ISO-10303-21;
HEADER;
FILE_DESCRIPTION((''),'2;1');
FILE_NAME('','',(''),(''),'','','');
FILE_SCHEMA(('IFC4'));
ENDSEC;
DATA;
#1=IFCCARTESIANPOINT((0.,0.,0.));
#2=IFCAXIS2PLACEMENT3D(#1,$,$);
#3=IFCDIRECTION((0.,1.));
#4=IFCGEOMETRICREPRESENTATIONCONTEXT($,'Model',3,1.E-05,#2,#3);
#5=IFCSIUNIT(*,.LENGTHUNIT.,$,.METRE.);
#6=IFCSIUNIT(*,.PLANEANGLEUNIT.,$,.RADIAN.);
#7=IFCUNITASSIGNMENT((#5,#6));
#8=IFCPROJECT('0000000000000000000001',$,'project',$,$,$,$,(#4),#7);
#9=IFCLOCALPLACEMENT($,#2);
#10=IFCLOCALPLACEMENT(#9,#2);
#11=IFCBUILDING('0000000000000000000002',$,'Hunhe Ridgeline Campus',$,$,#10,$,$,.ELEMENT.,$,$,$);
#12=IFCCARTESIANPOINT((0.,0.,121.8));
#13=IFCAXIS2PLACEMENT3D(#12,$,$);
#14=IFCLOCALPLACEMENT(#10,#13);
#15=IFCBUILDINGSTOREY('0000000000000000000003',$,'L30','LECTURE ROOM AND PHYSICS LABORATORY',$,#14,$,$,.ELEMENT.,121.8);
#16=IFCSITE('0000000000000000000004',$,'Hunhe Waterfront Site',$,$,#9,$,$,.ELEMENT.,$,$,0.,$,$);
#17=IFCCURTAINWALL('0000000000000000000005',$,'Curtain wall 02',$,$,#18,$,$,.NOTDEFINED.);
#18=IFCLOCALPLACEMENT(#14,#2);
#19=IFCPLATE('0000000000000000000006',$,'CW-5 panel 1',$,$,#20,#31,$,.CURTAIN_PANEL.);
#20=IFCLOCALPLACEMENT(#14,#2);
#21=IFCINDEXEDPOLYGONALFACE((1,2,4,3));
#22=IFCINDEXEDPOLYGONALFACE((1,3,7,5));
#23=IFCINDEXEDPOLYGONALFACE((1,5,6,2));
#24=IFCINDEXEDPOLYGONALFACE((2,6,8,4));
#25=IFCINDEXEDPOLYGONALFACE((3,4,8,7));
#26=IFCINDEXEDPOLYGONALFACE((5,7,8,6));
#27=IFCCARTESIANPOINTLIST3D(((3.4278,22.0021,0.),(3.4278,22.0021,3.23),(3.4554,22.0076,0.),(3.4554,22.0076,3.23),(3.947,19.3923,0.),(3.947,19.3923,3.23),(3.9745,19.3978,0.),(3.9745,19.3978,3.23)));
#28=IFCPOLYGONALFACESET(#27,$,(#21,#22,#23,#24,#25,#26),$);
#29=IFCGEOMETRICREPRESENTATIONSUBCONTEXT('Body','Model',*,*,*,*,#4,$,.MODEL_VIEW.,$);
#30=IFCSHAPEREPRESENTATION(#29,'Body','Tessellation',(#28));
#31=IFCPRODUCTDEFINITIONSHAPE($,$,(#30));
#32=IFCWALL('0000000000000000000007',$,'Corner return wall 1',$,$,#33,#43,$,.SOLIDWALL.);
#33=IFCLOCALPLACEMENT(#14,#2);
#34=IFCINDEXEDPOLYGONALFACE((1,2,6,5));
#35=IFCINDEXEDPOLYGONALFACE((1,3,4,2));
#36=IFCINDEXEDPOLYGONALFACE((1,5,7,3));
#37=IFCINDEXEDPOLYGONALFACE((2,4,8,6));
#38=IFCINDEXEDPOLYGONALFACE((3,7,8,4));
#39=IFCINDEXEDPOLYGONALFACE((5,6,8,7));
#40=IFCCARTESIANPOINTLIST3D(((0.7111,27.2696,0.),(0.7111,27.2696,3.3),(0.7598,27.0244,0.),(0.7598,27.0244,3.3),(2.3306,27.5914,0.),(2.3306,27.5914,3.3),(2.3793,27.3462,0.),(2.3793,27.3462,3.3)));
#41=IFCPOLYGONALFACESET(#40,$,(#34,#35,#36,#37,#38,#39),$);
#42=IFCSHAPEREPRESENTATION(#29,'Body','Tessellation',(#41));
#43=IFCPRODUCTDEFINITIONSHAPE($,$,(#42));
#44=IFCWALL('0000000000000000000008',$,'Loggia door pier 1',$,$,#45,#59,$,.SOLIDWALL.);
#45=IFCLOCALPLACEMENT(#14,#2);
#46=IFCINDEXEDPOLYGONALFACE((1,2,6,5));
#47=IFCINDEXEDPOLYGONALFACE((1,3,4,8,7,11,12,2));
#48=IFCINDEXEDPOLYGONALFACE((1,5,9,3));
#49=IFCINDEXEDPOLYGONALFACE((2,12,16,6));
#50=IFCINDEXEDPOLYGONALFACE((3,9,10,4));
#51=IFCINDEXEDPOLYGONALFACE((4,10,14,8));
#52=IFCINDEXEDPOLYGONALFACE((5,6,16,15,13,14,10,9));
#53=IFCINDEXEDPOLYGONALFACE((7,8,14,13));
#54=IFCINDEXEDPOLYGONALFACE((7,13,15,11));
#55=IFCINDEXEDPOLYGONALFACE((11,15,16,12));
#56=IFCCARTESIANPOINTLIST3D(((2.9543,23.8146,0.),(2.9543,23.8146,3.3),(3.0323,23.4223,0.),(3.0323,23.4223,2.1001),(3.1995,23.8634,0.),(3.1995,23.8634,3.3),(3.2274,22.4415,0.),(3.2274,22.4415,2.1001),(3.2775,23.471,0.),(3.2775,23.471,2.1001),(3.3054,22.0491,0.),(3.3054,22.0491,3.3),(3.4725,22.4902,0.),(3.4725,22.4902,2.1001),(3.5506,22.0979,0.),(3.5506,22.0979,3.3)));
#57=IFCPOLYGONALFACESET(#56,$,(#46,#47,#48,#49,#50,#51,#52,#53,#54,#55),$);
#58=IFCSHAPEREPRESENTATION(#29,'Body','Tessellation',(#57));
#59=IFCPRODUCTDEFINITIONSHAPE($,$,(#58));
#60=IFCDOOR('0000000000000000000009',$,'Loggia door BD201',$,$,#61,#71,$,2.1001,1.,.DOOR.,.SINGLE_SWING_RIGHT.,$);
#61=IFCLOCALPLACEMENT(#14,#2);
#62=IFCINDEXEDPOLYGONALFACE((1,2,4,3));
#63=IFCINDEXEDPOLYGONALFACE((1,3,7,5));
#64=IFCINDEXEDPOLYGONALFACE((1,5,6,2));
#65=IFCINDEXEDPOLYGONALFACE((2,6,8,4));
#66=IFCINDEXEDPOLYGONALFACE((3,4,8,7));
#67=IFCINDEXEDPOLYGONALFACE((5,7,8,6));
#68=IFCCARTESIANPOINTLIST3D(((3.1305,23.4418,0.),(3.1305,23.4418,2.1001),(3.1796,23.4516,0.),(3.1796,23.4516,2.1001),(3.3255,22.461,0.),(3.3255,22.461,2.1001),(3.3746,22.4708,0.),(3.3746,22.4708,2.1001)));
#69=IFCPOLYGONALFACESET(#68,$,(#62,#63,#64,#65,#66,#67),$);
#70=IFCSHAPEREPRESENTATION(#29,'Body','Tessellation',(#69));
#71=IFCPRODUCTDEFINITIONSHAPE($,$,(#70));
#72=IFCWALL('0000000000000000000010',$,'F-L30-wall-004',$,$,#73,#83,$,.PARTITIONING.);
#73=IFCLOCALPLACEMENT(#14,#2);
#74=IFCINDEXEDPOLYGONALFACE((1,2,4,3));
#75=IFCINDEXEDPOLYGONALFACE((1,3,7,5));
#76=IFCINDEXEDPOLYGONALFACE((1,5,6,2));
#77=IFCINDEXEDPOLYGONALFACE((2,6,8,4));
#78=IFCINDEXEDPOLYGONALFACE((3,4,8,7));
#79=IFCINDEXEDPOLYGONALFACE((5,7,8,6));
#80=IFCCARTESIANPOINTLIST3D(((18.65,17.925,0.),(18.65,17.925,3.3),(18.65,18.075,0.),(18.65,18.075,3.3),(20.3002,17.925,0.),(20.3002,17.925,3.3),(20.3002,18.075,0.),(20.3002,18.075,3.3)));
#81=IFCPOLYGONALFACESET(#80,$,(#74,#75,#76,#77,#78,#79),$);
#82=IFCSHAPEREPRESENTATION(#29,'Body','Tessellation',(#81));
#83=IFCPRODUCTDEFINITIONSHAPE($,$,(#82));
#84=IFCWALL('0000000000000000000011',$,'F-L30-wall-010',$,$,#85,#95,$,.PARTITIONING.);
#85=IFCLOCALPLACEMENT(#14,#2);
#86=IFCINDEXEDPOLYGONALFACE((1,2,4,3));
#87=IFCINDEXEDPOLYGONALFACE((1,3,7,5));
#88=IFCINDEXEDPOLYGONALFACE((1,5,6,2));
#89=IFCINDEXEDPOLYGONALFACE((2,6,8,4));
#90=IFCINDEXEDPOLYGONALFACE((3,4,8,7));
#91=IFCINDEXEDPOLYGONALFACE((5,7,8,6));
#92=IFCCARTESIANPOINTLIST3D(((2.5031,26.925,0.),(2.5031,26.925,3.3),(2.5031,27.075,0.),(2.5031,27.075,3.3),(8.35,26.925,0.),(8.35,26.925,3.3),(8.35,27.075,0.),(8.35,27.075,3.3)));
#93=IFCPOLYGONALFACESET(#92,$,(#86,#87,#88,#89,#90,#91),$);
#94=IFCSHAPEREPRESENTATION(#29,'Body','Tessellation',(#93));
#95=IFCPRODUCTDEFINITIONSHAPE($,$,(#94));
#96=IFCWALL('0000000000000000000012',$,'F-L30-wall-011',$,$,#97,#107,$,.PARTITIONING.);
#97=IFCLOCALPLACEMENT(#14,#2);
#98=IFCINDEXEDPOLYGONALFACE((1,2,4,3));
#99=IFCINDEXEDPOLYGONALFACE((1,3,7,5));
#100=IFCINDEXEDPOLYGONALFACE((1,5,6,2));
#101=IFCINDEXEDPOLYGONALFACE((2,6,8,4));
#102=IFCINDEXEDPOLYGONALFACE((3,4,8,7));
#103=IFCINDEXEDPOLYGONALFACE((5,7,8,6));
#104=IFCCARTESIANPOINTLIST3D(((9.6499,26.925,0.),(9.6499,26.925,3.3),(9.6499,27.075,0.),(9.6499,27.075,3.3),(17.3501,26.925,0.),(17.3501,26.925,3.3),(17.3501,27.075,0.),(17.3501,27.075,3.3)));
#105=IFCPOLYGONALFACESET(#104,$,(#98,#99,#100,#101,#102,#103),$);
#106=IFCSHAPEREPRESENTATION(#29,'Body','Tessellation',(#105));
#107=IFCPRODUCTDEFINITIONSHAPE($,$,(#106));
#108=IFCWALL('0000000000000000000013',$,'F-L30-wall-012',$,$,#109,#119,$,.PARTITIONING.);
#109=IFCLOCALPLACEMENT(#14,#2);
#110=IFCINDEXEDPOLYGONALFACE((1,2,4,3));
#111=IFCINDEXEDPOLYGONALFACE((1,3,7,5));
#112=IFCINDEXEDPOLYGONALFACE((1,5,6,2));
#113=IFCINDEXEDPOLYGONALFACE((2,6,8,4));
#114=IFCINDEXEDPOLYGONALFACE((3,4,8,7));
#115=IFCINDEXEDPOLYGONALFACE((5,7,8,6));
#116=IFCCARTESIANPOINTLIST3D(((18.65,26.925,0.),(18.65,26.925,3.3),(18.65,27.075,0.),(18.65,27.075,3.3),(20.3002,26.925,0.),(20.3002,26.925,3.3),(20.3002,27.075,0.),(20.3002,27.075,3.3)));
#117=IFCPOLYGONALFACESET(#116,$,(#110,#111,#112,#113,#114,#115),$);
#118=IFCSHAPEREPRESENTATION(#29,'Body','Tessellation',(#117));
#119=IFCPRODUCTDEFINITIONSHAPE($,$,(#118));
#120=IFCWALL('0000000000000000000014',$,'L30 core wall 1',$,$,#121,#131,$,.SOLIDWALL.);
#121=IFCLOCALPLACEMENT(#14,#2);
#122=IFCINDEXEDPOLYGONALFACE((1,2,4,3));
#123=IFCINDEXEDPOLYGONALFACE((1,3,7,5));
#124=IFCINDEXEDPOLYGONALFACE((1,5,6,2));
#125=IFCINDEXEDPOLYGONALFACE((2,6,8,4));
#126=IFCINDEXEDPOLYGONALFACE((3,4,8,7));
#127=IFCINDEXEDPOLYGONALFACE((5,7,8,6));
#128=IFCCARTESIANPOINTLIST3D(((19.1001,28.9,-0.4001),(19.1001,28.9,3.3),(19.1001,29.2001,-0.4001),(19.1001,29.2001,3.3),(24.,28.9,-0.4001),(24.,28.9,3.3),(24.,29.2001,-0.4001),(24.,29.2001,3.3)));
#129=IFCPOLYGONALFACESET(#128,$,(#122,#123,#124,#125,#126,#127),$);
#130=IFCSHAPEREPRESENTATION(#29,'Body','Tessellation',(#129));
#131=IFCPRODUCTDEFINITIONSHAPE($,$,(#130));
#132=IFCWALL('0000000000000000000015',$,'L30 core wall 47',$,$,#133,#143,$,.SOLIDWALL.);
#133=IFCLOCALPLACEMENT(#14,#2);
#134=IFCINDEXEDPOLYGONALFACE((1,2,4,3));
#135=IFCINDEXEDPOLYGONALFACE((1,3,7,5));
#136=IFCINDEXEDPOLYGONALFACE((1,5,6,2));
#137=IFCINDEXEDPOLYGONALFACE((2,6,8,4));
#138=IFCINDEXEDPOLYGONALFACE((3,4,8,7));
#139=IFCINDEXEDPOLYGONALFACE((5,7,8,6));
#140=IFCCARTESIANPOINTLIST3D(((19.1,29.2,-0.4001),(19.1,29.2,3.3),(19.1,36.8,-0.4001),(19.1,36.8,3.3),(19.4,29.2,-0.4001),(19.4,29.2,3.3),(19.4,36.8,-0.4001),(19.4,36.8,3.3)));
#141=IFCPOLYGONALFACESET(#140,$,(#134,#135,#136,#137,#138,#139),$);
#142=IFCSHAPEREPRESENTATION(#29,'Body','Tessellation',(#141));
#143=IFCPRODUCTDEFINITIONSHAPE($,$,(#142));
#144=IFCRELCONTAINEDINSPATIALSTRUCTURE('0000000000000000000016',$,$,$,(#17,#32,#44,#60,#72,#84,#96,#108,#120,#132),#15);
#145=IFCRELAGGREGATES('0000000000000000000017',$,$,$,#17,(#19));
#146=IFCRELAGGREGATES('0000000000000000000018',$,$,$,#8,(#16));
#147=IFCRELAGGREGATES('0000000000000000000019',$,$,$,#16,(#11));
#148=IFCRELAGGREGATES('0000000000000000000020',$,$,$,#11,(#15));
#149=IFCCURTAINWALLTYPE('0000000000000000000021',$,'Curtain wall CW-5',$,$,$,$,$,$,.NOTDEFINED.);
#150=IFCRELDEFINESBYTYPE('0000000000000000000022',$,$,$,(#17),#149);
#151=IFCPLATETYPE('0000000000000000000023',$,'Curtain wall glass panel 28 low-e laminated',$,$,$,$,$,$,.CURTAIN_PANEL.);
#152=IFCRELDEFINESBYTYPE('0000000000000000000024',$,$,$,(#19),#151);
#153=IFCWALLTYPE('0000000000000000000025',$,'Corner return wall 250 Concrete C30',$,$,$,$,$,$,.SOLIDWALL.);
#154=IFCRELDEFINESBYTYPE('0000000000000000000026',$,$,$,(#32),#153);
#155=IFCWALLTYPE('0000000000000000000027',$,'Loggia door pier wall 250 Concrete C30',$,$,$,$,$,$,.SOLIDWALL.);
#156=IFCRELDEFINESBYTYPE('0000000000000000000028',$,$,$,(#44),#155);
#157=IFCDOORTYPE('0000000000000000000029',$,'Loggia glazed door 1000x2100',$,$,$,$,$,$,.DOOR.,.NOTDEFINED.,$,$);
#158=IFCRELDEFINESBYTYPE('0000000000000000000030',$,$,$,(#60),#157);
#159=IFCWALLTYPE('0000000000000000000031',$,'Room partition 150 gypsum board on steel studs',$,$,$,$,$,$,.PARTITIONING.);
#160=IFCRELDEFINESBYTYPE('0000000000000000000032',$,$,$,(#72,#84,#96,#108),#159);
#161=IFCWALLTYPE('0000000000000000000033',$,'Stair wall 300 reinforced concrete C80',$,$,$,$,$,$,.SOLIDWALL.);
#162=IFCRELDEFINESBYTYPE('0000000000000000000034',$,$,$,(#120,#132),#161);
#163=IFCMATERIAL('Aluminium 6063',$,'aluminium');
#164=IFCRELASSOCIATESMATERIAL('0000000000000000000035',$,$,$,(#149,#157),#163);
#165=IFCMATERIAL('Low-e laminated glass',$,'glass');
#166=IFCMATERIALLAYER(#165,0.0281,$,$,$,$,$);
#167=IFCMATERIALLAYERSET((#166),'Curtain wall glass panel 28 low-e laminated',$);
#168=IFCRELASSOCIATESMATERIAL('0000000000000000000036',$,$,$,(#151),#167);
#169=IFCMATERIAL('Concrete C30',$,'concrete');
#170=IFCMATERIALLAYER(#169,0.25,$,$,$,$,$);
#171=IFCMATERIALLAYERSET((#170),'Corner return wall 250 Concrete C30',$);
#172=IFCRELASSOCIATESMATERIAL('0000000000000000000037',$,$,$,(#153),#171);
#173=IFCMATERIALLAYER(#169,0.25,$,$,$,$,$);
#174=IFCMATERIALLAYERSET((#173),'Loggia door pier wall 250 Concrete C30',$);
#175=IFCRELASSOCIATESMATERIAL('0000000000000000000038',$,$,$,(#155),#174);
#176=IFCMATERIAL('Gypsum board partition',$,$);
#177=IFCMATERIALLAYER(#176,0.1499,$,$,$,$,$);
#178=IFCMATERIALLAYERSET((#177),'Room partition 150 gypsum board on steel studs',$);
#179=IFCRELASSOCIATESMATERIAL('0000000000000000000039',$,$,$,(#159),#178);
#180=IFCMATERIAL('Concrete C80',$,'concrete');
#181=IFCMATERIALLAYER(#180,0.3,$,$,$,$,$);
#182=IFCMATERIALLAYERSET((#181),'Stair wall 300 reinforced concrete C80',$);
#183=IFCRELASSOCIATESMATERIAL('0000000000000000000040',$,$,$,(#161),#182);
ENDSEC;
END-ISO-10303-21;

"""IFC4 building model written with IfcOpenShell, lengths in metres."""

from ifc_helpers import new_model, si_unit, direction, frame, frame_2d, origin, origin_2d, place, context, subcontext, project, spatial, rectangle, extrude, material, layer, layer_set, type_object, element, fill, aggregate, save


model = new_model("IFC4")

# Units and contexts
model_context = context("Model", 3, precision=1e-05, world=origin(), true_north=direction((0.0, 1.0)))
body_context = subcontext(model_context, "Body", "Model", "MODEL_VIEW")
ifc_project = project(units=[si_unit("LENGTHUNIT", "METRE"), si_unit("PLANEANGLEUNIT", "RADIAN")], contexts=[model_context])

# Site, building, storey
site_placement = place(None, origin())
site = spatial("IfcSite", under=ifc_project, at=site_placement, Name="Hunhe Waterfront Site", CompositionType="ELEMENT", RefElevation=0.0)
building_placement = place(site_placement, origin())
building = spatial("IfcBuilding", under=site, at=building_placement, Name="Hunhe Ridgeline Campus", CompositionType="ELEMENT")
storey_placement = place(building_placement, frame((0.0, 0.0, 121.8)))
storey = spatial("IfcBuildingStorey", under=building, at=storey_placement, Name="L30", Description="LECTURE ROOM AND PHYSICS LABORATORY", CompositionType="ELEMENT", Elevation=121.8)

# Curtain wall
ifc_material_1 = material(Name="Aluminium 6063", Category="aluminium")
curtain_wall_type = type_object("IfcCurtainWallType", Name="Curtain wall CW-5", PredefinedType="NOTDEFINED", material=ifc_material_1)
curtain_wall_1_placement = place(storey_placement, origin())
curtain_wall_1 = element("IfcCurtainWall", 1, at=curtain_wall_1_placement, inside=storey, type_object=curtain_wall_type, Name="Curtain wall 02", PredefinedType="NOTDEFINED")

# Plate
ifc_material_2 = material(Name="Low-e laminated glass", Category="glass")
ifc_layer_1 = layer(ifc_material_2, 0.0281)
ifc_layer_set_1 = layer_set([ifc_layer_1], Name="Curtain wall glass panel 28 low-e laminated")
plate_type = type_object("IfcPlateType", Name="Curtain wall glass panel 28 low-e laminated", PredefinedType="CURTAIN_PANEL", material=ifc_layer_set_1)
plate_1_placement = place(storey_placement, frame((3.7012, 20.7, 0.0), z_axis=(0.0, 0.0, 1.0), x_axis=(0.195095, -0.980784, 0.0)))
plate_1 = element("IfcPlate", 2, at=plate_1_placement, type_object=plate_type, Name="CW-5 panel 1", PredefinedType="CURTAIN_PANEL", context=body_context, shape_type="SweptSolid", body=[
    extrude(rectangle(XDim=2.6609, YDim=0.0281, at=origin_2d()), origin(), (0.0, 0.0, 1.0), 3.23),
])
aggregate(curtain_wall_1, [plate_1])

# Wall
ifc_material_3 = material(Name="Concrete C30", Category="concrete")
ifc_layer_2 = layer(ifc_material_3, 0.25)
ifc_layer_set_2 = layer_set([ifc_layer_2], Name="Corner return wall 250 Concrete C30")
wall_type_1 = type_object("IfcWallType", Name="Corner return wall 250 Concrete C30", PredefinedType="SOLIDWALL", material=ifc_layer_set_2)
wall_1_placement = place(storey_placement, frame((0.7354, 27.147, 0.0), z_axis=(0.0, 0.0, 1.0), x_axis=(0.980824, 0.194893, 0.0)))
element("IfcWall", 3, at=wall_1_placement, inside=storey, type_object=wall_type_1, Name="Corner return wall 1", PredefinedType="SOLIDWALL", context=body_context, shape_type="SweptSolid", body=[
    extrude(rectangle(XDim=1.6511, YDim=0.25, at=frame_2d((0.8257, 0.0))), origin(), (0.0, 0.0, 1.0), 3.3),
])

# Wall, opening, door
ifc_layer_3 = layer(ifc_material_3, 0.25)
ifc_layer_set_3 = layer_set([ifc_layer_3], Name="Loggia door pier wall 250 Concrete C30")
wall_type_2 = type_object("IfcWallType", Name="Loggia door pier wall 250 Concrete C30", PredefinedType="SOLIDWALL", material=ifc_layer_set_3)
wall_2_placement = place(storey_placement, frame((3.0769, 23.8389, 0.0), z_axis=(0.0, 0.0, 1.0), x_axis=(0.195047, -0.980794, 0.0)))
wall_2 = element("IfcWall", 4, at=wall_2_placement, inside=storey, type_object=wall_type_2, Name="Loggia door pier 1", PredefinedType="SOLIDWALL", context=body_context, shape_type="SweptSolid", body=[
    extrude(rectangle(XDim=1.8, YDim=0.25, at=frame_2d((0.8999, 0.0))), origin(), (0.0, 0.0, 1.0), 3.3),
])
opening_placement = place(wall_2_placement, frame((0.3999, 0.0, 0.0)))
opening = element("IfcOpeningElement", 5, at=opening_placement, cuts=wall_2, PredefinedType="OPENING", context=body_context, shape_type="SweptSolid", body=[
    extrude(rectangle(XDim=1.0, YDim=2.1001, at=frame_2d((0.5, 1.05))), frame((0.0, 0.125, 0.0), z_axis=(0.0, -1.0, 0.0), x_axis=(1.0, 0.0, 0.0)), (0.0, 0.0, 1.0), 0.25),
])
door_type = type_object("IfcDoorType", Name="Loggia glazed door 1000x2100", OperationType="NOTDEFINED", PredefinedType="DOOR", material=ifc_material_1)
door_placement = place(opening_placement, frame((1.0, 0.0, 0.0), z_axis=(0.0, 0.0, 1.0), x_axis=(-1.0, 0.0, 0.0)))
door = element("IfcDoor", 6, at=door_placement, inside=storey, type_object=door_type, Name="Loggia door BD201", OperationType="SINGLE_SWING_RIGHT", OverallHeight=2.1001, OverallWidth=1.0, PredefinedType="DOOR", context=body_context, shape_type="SweptSolid", body=[
    extrude(rectangle(XDim=1.0, YDim=2.1001, at=frame_2d((0.5, 1.05))), frame((0.0, 0.0249, 0.0), z_axis=(0.0, -1.0, 0.0), x_axis=(1.0, 0.0, 0.0)), (0.0, 0.0, 1.0), 0.05),
])
fill(opening, door)

# Walls
ifc_material_4 = material(Name="Gypsum board partition")
ifc_layer_4 = layer(ifc_material_4, 0.1499)
ifc_layer_set_4 = layer_set([ifc_layer_4], Name="Room partition 150 gypsum board on steel studs")
wall_type_3 = type_object("IfcWallType", Name="Room partition 150 gypsum board on steel studs", PredefinedType="PARTITIONING", material=ifc_layer_set_4)
wall_3_placement = place(storey_placement, frame((18.6499, 18.0, 0.0), z_axis=(0.0, 0.0, 1.0), x_axis=(1.0, 0.0, 0.0)))
element("IfcWall", 7, at=wall_3_placement, inside=storey, type_object=wall_type_3, Name="F-L30-wall-004", PredefinedType="PARTITIONING", context=body_context, shape_type="SweptSolid", body=[
    extrude(rectangle(XDim=1.6501, YDim=0.1499, at=frame_2d((0.8252, 0.0))), origin(), (0.0, 0.0, 1.0), 3.3),
])
wall_4_placement = place(storey_placement, frame((2.5032, 27.0, 0.0), z_axis=(0.0, 0.0, 1.0), x_axis=(1.0, 0.0, 0.0)))
element("IfcWall", 8, at=wall_4_placement, inside=storey, type_object=wall_type_3, Name="F-L30-wall-010", PredefinedType="PARTITIONING", context=body_context, shape_type="SweptSolid", body=[
    extrude(rectangle(XDim=5.8469, YDim=0.1499, at=frame_2d((2.9233, 0.0))), origin(), (0.0, 0.0, 1.0), 3.3),
])
wall_5_placement = place(storey_placement, frame((9.6499, 27.0, 0.0), z_axis=(0.0, 0.0, 1.0), x_axis=(1.0, 0.0, 0.0)))
element("IfcWall", 9, at=wall_5_placement, inside=storey, type_object=wall_type_3, Name="F-L30-wall-011", PredefinedType="PARTITIONING", context=body_context, shape_type="SweptSolid", body=[
    extrude(rectangle(XDim=7.7002, YDim=0.1499, at=frame_2d((3.8501, 0.0))), origin(), (0.0, 0.0, 1.0), 3.3),
])
wall_6_placement = place(storey_placement, frame((18.6499, 27.0, 0.0), z_axis=(0.0, 0.0, 1.0), x_axis=(1.0, 0.0, 0.0)))
element("IfcWall", 10, at=wall_6_placement, inside=storey, type_object=wall_type_3, Name="F-L30-wall-012", PredefinedType="PARTITIONING", context=body_context, shape_type="SweptSolid", body=[
    extrude(rectangle(XDim=1.6501, YDim=0.1499, at=frame_2d((0.8252, 0.0))), origin(), (0.0, 0.0, 1.0), 3.3),
])
ifc_material_5 = material(Name="Concrete C80", Category="concrete")
ifc_layer_5 = layer(ifc_material_5, 0.3)
ifc_layer_set_5 = layer_set([ifc_layer_5], Name="Stair wall 300 reinforced concrete C80")
wall_type_4 = type_object("IfcWallType", Name="Stair wall 300 reinforced concrete C80", PredefinedType="SOLIDWALL", material=ifc_layer_set_5)
wall_7_placement = place(storey_placement, frame((19.1001, 29.05, -0.4001), z_axis=(0.0, 0.0, 1.0), x_axis=(1.0, 0.0, 0.0)))
element("IfcWall", 11, at=wall_7_placement, inside=storey, type_object=wall_type_4, Name="L30 core wall 1", PredefinedType="SOLIDWALL", context=body_context, shape_type="SweptSolid", body=[
    extrude(rectangle(XDim=4.8999, YDim=0.3, at=frame_2d((2.45, 0.0))), origin(), (0.0, 0.0, 1.0), 3.7002),
])
wall_8_placement = place(storey_placement, frame((19.25, 29.2, -0.4001), z_axis=(0.0, 0.0, 1.0), x_axis=(0.0, 1.0, 0.0)))
element("IfcWall", 12, at=wall_8_placement, inside=storey, type_object=wall_type_4, Name="L30 core wall 47", PredefinedType="SOLIDWALL", context=body_context, shape_type="SweptSolid", body=[
    extrude(rectangle(XDim=7.6001, YDim=0.3, at=frame_2d((3.8, 0.0))), origin(), (0.0, 0.0, 1.0), 3.7002),
])

save(model, "model.ifc")
